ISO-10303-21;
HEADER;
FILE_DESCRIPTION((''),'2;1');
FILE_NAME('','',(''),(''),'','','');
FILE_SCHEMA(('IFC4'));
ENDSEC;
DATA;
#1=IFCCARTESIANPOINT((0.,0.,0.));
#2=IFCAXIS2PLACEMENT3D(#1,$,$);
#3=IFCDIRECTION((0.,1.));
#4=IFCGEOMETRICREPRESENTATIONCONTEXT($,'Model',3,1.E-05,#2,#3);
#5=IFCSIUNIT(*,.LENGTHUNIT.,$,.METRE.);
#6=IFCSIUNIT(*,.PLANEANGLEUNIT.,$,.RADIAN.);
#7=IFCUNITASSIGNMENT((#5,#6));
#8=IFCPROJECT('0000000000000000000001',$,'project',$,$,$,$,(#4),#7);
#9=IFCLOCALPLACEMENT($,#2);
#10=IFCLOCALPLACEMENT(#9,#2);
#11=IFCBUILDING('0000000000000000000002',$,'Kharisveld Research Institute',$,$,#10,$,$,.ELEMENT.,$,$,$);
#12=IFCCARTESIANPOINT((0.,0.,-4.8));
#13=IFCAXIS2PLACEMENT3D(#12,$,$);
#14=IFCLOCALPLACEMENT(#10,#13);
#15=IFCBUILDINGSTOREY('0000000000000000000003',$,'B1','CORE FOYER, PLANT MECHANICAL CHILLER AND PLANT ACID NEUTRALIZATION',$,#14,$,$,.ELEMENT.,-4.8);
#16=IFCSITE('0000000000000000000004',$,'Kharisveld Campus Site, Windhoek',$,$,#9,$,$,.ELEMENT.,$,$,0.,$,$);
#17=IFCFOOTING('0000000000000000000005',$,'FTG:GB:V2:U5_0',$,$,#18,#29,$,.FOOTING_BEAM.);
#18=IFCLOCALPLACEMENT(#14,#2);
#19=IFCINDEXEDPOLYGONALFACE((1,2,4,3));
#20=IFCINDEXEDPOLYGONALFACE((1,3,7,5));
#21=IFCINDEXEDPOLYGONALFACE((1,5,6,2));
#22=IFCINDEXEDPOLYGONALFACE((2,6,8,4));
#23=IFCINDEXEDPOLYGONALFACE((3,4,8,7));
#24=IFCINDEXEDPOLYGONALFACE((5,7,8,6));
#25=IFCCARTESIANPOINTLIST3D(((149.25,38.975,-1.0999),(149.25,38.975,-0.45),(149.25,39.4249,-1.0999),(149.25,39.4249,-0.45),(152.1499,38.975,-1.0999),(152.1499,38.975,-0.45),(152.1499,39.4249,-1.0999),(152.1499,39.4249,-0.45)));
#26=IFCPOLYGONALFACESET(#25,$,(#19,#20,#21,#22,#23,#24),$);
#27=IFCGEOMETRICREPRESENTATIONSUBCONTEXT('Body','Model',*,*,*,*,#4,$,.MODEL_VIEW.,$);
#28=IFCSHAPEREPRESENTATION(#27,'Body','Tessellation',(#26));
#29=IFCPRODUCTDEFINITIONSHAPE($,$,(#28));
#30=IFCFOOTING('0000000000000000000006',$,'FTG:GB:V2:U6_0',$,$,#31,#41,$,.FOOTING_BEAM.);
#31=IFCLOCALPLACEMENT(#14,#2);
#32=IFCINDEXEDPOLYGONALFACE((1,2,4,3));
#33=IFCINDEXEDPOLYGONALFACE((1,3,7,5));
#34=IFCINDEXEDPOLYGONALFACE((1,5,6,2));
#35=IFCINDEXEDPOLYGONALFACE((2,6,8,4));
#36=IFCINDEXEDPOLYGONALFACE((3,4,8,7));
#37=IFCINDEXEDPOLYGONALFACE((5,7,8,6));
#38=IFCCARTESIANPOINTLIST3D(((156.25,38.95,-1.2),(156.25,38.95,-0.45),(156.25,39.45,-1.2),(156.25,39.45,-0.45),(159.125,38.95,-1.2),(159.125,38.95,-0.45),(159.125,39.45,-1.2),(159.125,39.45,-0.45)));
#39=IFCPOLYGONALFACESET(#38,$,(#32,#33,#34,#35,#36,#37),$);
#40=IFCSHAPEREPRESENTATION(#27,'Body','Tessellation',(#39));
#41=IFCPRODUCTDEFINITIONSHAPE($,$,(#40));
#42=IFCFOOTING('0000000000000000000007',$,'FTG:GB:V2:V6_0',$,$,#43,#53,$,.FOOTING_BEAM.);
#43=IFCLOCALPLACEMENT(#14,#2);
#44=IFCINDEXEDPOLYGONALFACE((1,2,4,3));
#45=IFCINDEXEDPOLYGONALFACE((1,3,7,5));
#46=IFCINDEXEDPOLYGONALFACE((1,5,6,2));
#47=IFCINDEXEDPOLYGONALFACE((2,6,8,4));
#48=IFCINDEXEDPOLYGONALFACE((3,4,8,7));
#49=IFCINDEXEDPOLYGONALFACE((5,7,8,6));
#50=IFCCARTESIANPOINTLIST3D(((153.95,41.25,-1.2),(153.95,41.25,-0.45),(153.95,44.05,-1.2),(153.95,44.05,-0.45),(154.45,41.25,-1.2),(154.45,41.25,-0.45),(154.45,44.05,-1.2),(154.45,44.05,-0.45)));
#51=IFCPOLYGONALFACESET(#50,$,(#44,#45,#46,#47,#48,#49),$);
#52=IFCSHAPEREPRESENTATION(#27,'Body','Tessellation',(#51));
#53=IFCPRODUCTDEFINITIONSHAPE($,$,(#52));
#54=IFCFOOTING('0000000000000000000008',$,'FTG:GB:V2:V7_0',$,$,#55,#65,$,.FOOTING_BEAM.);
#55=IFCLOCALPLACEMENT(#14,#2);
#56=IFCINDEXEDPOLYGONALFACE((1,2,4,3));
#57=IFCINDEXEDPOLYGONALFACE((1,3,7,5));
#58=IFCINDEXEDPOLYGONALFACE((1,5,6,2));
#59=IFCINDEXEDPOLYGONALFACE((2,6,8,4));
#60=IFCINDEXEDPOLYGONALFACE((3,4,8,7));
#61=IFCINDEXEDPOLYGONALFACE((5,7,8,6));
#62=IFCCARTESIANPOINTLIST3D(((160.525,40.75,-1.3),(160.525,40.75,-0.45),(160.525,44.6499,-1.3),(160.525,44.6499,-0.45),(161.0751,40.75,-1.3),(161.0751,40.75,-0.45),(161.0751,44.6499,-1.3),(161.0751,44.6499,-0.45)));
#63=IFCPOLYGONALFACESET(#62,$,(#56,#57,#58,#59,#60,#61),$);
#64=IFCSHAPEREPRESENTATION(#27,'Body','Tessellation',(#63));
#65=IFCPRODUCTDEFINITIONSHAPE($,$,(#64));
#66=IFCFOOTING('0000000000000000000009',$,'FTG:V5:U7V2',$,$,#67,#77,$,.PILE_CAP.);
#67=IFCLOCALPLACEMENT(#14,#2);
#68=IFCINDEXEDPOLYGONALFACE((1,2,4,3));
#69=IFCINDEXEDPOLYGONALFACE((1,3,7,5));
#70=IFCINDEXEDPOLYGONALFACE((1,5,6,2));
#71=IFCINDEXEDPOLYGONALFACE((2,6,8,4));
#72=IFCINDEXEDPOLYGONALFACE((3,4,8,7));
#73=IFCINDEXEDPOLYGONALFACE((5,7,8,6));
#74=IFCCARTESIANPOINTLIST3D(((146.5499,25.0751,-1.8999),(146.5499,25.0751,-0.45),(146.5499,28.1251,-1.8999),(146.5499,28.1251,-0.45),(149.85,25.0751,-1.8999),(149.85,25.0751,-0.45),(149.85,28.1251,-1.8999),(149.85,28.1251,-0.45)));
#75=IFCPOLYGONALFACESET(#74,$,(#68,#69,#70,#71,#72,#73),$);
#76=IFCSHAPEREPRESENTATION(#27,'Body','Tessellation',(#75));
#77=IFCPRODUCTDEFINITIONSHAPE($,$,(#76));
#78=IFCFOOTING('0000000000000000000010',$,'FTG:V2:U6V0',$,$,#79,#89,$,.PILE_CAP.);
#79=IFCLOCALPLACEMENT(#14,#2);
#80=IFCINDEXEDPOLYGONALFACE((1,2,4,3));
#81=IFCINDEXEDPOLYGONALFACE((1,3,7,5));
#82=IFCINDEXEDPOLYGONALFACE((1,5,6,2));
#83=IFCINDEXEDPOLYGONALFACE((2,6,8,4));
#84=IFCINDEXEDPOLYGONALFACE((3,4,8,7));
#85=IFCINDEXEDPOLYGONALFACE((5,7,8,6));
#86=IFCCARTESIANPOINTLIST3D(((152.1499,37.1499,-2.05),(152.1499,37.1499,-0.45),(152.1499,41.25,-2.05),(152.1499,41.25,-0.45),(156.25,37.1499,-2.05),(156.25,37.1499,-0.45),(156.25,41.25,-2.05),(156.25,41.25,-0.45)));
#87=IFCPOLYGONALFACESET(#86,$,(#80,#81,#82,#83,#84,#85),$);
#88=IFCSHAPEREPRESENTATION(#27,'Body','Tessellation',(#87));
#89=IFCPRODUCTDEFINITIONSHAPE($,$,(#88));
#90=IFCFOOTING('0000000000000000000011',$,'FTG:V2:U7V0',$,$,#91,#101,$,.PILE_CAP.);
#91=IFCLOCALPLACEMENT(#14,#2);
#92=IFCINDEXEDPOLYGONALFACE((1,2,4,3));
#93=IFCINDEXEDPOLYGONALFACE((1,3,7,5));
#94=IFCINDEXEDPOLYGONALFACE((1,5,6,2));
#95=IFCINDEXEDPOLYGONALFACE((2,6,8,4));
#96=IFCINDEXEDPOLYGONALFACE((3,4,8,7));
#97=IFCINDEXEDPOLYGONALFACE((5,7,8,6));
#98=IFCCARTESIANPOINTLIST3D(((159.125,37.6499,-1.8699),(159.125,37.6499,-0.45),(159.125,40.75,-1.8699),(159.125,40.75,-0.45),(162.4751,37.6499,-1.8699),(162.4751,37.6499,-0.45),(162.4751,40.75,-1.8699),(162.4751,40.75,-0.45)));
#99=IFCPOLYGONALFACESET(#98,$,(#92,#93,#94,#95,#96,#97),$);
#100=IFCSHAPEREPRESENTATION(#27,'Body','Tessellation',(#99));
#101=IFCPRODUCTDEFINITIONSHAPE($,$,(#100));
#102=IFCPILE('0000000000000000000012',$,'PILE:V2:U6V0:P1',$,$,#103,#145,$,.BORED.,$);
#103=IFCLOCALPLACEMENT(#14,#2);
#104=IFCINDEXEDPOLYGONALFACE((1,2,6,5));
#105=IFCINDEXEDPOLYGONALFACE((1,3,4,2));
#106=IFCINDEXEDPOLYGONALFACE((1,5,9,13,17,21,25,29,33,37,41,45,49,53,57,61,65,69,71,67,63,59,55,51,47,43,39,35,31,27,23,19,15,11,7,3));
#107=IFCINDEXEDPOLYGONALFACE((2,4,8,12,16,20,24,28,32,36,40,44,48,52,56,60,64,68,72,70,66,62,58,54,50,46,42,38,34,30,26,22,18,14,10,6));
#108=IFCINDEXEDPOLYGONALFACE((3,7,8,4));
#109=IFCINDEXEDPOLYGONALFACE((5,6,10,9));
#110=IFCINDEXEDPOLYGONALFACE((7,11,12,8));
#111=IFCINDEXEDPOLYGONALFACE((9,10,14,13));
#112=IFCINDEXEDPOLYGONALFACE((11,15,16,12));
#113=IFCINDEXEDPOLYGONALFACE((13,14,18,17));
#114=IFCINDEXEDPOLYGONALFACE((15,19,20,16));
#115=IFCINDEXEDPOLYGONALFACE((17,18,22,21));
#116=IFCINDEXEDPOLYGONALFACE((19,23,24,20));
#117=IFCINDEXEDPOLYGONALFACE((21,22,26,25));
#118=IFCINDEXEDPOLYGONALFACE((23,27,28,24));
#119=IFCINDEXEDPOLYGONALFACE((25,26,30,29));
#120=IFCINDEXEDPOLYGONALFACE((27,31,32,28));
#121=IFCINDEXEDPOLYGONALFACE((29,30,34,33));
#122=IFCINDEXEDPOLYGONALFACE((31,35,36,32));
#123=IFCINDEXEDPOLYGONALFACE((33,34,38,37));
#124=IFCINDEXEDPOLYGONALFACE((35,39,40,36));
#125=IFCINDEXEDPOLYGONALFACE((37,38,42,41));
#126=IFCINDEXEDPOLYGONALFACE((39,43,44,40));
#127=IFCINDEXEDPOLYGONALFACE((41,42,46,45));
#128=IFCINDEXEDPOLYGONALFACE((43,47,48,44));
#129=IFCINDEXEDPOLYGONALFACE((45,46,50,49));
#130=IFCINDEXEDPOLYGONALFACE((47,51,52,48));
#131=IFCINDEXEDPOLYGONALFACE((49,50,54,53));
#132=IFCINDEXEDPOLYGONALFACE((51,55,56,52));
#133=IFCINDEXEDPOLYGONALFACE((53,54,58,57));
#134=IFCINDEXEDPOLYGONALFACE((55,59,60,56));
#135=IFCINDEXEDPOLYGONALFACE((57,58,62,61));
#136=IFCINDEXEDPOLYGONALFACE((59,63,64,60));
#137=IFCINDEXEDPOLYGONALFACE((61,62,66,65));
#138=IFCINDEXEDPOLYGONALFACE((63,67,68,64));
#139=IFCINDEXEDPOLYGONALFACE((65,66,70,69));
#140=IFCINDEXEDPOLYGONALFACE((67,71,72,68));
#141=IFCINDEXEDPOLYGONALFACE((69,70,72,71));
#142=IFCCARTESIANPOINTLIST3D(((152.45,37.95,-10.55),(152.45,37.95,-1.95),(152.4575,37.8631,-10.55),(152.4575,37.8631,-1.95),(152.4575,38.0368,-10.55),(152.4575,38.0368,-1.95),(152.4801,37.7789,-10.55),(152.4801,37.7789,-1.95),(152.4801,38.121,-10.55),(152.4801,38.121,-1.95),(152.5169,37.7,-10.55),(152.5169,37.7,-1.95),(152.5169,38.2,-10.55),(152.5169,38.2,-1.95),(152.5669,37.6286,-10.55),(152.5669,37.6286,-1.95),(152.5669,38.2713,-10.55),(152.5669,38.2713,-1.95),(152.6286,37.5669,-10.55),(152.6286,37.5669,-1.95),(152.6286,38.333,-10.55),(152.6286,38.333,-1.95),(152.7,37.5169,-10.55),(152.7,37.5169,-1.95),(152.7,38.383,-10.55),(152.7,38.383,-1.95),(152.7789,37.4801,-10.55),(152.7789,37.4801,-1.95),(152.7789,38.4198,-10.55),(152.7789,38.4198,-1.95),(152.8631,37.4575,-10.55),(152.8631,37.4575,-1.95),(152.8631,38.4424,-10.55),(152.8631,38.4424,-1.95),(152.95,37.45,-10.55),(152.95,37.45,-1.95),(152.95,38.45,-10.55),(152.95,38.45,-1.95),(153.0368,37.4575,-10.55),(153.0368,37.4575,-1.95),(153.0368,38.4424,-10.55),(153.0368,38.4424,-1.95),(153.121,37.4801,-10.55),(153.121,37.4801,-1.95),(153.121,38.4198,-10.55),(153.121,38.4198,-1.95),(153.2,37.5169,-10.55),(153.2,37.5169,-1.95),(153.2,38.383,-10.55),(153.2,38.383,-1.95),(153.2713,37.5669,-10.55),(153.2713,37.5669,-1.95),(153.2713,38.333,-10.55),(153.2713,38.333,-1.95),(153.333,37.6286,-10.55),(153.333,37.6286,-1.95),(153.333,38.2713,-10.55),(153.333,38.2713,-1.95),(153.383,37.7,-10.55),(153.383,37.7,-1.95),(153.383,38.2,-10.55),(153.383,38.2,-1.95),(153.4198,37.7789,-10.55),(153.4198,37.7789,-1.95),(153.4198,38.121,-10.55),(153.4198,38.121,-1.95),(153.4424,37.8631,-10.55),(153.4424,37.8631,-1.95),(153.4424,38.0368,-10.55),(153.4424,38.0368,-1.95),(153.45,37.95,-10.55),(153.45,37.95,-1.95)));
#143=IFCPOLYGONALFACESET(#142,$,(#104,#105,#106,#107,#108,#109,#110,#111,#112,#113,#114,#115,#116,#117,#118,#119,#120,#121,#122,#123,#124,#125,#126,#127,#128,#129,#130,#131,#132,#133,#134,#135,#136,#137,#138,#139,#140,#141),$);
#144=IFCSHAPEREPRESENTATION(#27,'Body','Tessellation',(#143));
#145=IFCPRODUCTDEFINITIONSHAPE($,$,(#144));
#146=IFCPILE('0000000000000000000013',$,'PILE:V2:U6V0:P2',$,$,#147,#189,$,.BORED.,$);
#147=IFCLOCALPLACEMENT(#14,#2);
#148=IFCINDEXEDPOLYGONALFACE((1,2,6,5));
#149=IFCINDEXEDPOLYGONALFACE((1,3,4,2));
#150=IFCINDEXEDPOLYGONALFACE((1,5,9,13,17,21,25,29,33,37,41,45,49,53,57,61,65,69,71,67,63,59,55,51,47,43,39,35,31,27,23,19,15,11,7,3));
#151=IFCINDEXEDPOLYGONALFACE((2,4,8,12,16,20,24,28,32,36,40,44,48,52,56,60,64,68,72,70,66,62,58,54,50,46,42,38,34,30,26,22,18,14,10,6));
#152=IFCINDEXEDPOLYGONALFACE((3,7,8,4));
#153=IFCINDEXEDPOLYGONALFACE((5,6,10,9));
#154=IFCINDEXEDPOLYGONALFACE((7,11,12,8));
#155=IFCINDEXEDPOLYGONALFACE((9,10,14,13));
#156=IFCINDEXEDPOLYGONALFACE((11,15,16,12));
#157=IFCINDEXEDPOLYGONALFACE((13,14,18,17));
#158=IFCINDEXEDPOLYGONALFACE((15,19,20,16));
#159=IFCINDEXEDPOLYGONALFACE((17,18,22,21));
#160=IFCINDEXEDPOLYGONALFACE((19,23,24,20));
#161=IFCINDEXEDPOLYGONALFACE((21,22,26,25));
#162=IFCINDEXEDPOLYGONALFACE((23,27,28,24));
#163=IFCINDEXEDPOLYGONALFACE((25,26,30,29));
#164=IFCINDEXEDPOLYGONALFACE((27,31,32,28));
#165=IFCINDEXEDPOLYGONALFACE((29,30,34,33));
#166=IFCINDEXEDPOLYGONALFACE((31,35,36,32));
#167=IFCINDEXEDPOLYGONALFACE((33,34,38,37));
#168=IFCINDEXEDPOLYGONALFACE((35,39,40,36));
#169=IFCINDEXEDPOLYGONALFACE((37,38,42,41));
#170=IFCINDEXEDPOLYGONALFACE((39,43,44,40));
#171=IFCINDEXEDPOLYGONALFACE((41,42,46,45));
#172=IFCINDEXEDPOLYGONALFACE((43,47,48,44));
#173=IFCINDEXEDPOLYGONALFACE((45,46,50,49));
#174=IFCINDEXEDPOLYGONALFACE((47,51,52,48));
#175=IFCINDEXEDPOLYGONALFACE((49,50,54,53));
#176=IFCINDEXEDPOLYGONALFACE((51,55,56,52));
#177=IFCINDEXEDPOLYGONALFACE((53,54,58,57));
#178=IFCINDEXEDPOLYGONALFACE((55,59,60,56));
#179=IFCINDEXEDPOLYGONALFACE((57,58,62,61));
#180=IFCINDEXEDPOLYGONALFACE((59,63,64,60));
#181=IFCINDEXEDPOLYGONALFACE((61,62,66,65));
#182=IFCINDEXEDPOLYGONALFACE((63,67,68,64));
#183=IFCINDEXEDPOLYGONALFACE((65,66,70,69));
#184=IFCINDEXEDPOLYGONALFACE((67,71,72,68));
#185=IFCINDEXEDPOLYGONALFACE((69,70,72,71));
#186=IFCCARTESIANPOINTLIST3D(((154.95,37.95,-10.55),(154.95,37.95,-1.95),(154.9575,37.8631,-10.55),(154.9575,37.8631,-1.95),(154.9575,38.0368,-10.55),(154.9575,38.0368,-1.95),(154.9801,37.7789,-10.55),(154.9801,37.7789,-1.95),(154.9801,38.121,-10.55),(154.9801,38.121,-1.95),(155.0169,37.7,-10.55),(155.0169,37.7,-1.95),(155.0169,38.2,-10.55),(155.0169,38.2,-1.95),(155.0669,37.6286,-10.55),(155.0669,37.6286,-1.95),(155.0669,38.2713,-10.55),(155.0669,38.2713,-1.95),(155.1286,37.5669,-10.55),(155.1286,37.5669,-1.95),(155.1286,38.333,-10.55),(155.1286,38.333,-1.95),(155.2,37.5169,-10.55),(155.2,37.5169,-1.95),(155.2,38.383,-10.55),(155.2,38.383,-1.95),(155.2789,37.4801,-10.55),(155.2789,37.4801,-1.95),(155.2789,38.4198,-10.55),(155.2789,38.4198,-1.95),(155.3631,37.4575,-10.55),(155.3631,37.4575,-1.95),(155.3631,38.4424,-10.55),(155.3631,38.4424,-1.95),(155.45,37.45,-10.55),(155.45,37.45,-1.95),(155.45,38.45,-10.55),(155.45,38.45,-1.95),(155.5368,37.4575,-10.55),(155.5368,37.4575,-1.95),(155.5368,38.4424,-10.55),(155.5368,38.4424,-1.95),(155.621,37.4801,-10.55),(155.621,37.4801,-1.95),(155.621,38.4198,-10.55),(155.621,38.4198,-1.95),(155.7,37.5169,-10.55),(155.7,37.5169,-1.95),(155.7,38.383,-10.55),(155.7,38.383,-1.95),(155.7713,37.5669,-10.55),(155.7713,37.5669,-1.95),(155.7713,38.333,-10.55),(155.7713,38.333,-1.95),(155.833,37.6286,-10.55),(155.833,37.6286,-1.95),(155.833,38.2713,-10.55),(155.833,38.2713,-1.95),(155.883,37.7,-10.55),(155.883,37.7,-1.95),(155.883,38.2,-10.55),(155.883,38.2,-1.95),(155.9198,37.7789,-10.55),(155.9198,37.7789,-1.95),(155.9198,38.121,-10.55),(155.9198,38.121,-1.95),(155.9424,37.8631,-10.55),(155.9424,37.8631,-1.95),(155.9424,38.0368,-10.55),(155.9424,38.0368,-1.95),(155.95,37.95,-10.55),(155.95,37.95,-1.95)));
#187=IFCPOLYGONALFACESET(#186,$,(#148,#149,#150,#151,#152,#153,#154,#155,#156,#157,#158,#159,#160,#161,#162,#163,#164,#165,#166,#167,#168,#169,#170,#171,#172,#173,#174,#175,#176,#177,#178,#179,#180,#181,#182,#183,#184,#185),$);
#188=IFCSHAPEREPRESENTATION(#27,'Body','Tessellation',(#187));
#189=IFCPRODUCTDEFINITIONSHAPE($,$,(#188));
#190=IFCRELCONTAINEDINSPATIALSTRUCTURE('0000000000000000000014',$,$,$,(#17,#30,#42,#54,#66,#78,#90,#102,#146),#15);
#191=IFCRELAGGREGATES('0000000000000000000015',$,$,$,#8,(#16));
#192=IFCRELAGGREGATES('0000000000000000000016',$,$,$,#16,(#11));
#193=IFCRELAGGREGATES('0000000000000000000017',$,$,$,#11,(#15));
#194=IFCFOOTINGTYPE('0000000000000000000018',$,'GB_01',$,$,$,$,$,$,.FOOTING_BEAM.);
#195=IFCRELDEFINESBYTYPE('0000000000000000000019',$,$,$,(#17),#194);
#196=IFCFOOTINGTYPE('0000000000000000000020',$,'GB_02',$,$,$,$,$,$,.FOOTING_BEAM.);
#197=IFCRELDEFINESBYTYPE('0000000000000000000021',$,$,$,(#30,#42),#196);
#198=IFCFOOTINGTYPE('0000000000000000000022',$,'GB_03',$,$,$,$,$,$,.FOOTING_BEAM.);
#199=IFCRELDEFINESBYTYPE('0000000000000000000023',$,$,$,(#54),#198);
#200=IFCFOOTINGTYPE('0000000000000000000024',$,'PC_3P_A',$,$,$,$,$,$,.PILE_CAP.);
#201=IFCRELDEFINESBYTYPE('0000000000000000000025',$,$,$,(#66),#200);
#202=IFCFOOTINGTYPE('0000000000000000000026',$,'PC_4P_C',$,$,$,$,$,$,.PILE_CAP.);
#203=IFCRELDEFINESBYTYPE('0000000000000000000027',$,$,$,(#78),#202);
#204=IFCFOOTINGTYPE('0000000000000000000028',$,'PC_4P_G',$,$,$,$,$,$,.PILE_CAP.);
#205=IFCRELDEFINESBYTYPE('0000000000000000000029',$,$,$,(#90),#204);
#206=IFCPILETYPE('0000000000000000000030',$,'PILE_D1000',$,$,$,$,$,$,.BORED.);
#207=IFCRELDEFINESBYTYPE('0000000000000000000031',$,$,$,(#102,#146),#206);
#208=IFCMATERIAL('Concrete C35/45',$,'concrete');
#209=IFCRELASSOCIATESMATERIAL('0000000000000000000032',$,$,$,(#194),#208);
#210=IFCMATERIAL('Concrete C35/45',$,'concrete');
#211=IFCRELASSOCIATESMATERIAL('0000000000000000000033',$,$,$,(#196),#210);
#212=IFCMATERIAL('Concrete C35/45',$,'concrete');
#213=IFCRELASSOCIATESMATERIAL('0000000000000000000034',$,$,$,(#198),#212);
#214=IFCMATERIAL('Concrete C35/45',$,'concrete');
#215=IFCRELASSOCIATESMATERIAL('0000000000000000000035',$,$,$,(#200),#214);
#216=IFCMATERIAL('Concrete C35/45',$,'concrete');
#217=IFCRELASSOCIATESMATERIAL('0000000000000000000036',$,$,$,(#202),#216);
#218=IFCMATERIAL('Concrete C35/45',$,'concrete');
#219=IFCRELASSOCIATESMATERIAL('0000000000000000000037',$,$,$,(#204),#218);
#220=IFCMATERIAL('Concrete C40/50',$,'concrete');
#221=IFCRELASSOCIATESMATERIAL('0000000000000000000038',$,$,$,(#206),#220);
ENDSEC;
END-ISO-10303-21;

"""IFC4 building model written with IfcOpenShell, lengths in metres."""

from ifc_helpers import new_model, si_unit, direction, frame, origin, origin_2d, place, context, subcontext, project, spatial, rectangle, circle, extrude, material, material_profile, profile_set, type_object, element, save


model = new_model("IFC4")

# Units and contexts
model_context = context("Model", 3, precision=1e-05, world=origin(), true_north=direction((0.0, 1.0)))
body_context = subcontext(model_context, "Body", "Model", "MODEL_VIEW")
ifc_project = project(units=[si_unit("LENGTHUNIT", "METRE"), si_unit("PLANEANGLEUNIT", "RADIAN")], contexts=[model_context])

# Site, building, storey
site_placement = place(None, origin())
site = spatial("IfcSite", under=ifc_project, at=site_placement, Name="Kharisveld Campus Site, Windhoek", CompositionType="ELEMENT", RefElevation=0.0)
building_placement = place(site_placement, origin())
building = spatial("IfcBuilding", under=site, at=building_placement, Name="Kharisveld Research Institute", CompositionType="ELEMENT")
storey_placement = place(building_placement, frame((0.0, 0.0, -4.8)))
storey = spatial("IfcBuildingStorey", under=building, at=storey_placement, Name="B1", Description="CORE FOYER, PLANT MECHANICAL CHILLER AND PLANT ACID NEUTRALIZATION", CompositionType="ELEMENT", Elevation=-4.8)

# Footings
ifc_material_1 = material(Name="Concrete C35/45", Category="concrete")
ifc_material_profile_1 = material_profile(ifc_material_1, rectangle(XDim=0.45, YDim=0.6499, at=origin_2d()))
ifc_profile_set_1 = profile_set([ifc_material_profile_1], Name="Concrete C35/45")
footing_type_1 = type_object("IfcFootingType", Name="GB_01", PredefinedType="FOOTING_BEAM", material=ifc_profile_set_1)
footing_1_placement = place(storey_placement, frame((149.25, 39.2, -0.7749), z_axis=(1.0, 0.0, 0.0), x_axis=(0.0, 1.0, 0.0)))
element("IfcFooting", 1, at=footing_1_placement, inside=storey, type_object=footing_type_1, Name="FTG:GB:V2:U5_0", PredefinedType="FOOTING_BEAM", context=body_context, shape_type="SweptSolid", body=[
    extrude(rectangle(XDim=0.45, YDim=0.6499, at=origin_2d()), origin(), (0.0, 0.0, 1.0), 2.8999),
])
ifc_material_2 = material(Name="Concrete C35/45", Category="concrete")
ifc_material_profile_2 = material_profile(ifc_material_2, rectangle(XDim=0.5, YDim=0.75, at=origin_2d()))
ifc_profile_set_2 = profile_set([ifc_material_profile_2], Name="Concrete C35/45")
footing_type_2 = type_object("IfcFootingType", Name="GB_02", PredefinedType="FOOTING_BEAM", material=ifc_profile_set_2)
footing_2_placement = place(storey_placement, frame((156.25, 39.2, -0.825), z_axis=(1.0, 0.0, 0.0), x_axis=(0.0, 1.0, 0.0)))
element("IfcFooting", 2, at=footing_2_placement, inside=storey, type_object=footing_type_2, Name="FTG:GB:V2:U6_0", PredefinedType="FOOTING_BEAM", context=body_context, shape_type="SweptSolid", body=[
    extrude(rectangle(XDim=0.5, YDim=0.75, at=origin_2d()), origin(), (0.0, 0.0, 1.0), 2.875),
])
footing_3_placement = place(storey_placement, frame((154.2, 41.25, -0.825), z_axis=(0.0, 1.0, 0.0), x_axis=(-1.0, 0.0, 0.0)))
element("IfcFooting", 3, at=footing_3_placement, inside=storey, type_object=footing_type_2, Name="FTG:GB:V2:V6_0", PredefinedType="FOOTING_BEAM", context=body_context, shape_type="SweptSolid", body=[
    extrude(rectangle(XDim=0.5, YDim=0.75, at=origin_2d()), origin(), (0.0, 0.0, 1.0), 2.8),
])
ifc_material_3 = material(Name="Concrete C35/45", Category="concrete")
ifc_material_profile_3 = material_profile(ifc_material_3, rectangle(XDim=0.55, YDim=0.8501, at=origin_2d()))
ifc_profile_set_3 = profile_set([ifc_material_profile_3], Name="Concrete C35/45")
footing_type_3 = type_object("IfcFootingType", Name="GB_03", PredefinedType="FOOTING_BEAM", material=ifc_profile_set_3)
footing_4_placement = place(storey_placement, frame((160.8, 40.75, -0.875), z_axis=(0.0, 1.0, 0.0), x_axis=(-1.0, 0.0, 0.0)))
element("IfcFooting", 4, at=footing_4_placement, inside=storey, type_object=footing_type_3, Name="FTG:GB:V2:V7_0", PredefinedType="FOOTING_BEAM", context=body_context, shape_type="SweptSolid", body=[
    extrude(rectangle(XDim=0.55, YDim=0.8501, at=origin_2d()), origin(), (0.0, 0.0, 1.0), 3.8999),
])
ifc_material_4 = material(Name="Concrete C35/45", Category="concrete")
footing_type_4 = type_object("IfcFootingType", Name="PC_3P_A", PredefinedType="PILE_CAP", material=ifc_material_4)
footing_5_placement = place(storey_placement, frame((148.2, 26.6001, -1.8999), z_axis=(0.0, 0.0, 1.0), x_axis=(1.0, 0.0, 0.0)))
element("IfcFooting", 5, at=footing_5_placement, inside=storey, type_object=footing_type_4, Name="FTG:V5:U7V2", PredefinedType="PILE_CAP", context=body_context, shape_type="SweptSolid", body=[
    extrude(rectangle(XDim=3.3, YDim=3.05, at=origin_2d()), origin(), (0.0, 0.0, 1.0), 1.45),
])
ifc_material_5 = material(Name="Concrete C35/45", Category="concrete")
footing_type_5 = type_object("IfcFootingType", Name="PC_4P_C", PredefinedType="PILE_CAP", material=ifc_material_5)
footing_6_placement = place(storey_placement, frame((154.2, 39.2, -2.05), z_axis=(0.0, 0.0, 1.0), x_axis=(1.0, 0.0, 0.0)))
element("IfcFooting", 6, at=footing_6_placement, inside=storey, type_object=footing_type_5, Name="FTG:V2:U6V0", PredefinedType="PILE_CAP", context=body_context, shape_type="SweptSolid", body=[
    extrude(rectangle(XDim=4.1001, YDim=4.1001, at=origin_2d()), origin(), (0.0, 0.0, 1.0), 1.6001),
])
ifc_material_6 = material(Name="Concrete C35/45", Category="concrete")
footing_type_6 = type_object("IfcFootingType", Name="PC_4P_G", PredefinedType="PILE_CAP", material=ifc_material_6)
footing_7_placement = place(storey_placement, frame((160.8, 39.2, -1.8699), z_axis=(0.0, 0.0, 1.0), x_axis=(1.0, 0.0, 0.0)))
element("IfcFooting", 7, at=footing_7_placement, inside=storey, type_object=footing_type_6, Name="FTG:V2:U7V0", PredefinedType="PILE_CAP", context=body_context, shape_type="SweptSolid", body=[
    extrude(rectangle(XDim=3.3501, YDim=3.1001, at=origin_2d()), origin(), (0.0, 0.0, 1.0), 1.4199),
])

# Piles
ifc_material_7 = material(Name="Concrete C40/50", Category="concrete")
ifc_material_profile_4 = material_profile(ifc_material_7, circle(Radius=0.5, at=origin_2d()))
ifc_profile_set_4 = profile_set([ifc_material_profile_4], Name="Concrete C40/50")
pile_type_1 = type_object("IfcPileType", Name="PILE_D1000", PredefinedType="BORED", material=ifc_profile_set_4)
for number, where, z_axis, x_axis, name in (
    (8, (152.95, 37.95, -1.95), (0.0, 0.0, -1.0), (1.0, 0.0, 0.0), "PILE:V2:U6V0:P1"),
    (9, (155.45, 37.95, -1.95), (0.0, 0.0, -1.0), (1.0, 0.0, 0.0), "PILE:V2:U6V0:P2"),
):
    element("IfcPile", number, at=place(storey_placement, frame(where, z_axis=z_axis, x_axis=x_axis)), inside=storey, type_object=pile_type_1, Name=name, PredefinedType="BORED", context=body_context, shape_type="SweptSolid", body=[
        extrude(circle(Radius=0.5, at=origin_2d()), origin(), (0.0, 0.0, 1.0), 8.6001),
    ])

save(model, "model.ifc")
